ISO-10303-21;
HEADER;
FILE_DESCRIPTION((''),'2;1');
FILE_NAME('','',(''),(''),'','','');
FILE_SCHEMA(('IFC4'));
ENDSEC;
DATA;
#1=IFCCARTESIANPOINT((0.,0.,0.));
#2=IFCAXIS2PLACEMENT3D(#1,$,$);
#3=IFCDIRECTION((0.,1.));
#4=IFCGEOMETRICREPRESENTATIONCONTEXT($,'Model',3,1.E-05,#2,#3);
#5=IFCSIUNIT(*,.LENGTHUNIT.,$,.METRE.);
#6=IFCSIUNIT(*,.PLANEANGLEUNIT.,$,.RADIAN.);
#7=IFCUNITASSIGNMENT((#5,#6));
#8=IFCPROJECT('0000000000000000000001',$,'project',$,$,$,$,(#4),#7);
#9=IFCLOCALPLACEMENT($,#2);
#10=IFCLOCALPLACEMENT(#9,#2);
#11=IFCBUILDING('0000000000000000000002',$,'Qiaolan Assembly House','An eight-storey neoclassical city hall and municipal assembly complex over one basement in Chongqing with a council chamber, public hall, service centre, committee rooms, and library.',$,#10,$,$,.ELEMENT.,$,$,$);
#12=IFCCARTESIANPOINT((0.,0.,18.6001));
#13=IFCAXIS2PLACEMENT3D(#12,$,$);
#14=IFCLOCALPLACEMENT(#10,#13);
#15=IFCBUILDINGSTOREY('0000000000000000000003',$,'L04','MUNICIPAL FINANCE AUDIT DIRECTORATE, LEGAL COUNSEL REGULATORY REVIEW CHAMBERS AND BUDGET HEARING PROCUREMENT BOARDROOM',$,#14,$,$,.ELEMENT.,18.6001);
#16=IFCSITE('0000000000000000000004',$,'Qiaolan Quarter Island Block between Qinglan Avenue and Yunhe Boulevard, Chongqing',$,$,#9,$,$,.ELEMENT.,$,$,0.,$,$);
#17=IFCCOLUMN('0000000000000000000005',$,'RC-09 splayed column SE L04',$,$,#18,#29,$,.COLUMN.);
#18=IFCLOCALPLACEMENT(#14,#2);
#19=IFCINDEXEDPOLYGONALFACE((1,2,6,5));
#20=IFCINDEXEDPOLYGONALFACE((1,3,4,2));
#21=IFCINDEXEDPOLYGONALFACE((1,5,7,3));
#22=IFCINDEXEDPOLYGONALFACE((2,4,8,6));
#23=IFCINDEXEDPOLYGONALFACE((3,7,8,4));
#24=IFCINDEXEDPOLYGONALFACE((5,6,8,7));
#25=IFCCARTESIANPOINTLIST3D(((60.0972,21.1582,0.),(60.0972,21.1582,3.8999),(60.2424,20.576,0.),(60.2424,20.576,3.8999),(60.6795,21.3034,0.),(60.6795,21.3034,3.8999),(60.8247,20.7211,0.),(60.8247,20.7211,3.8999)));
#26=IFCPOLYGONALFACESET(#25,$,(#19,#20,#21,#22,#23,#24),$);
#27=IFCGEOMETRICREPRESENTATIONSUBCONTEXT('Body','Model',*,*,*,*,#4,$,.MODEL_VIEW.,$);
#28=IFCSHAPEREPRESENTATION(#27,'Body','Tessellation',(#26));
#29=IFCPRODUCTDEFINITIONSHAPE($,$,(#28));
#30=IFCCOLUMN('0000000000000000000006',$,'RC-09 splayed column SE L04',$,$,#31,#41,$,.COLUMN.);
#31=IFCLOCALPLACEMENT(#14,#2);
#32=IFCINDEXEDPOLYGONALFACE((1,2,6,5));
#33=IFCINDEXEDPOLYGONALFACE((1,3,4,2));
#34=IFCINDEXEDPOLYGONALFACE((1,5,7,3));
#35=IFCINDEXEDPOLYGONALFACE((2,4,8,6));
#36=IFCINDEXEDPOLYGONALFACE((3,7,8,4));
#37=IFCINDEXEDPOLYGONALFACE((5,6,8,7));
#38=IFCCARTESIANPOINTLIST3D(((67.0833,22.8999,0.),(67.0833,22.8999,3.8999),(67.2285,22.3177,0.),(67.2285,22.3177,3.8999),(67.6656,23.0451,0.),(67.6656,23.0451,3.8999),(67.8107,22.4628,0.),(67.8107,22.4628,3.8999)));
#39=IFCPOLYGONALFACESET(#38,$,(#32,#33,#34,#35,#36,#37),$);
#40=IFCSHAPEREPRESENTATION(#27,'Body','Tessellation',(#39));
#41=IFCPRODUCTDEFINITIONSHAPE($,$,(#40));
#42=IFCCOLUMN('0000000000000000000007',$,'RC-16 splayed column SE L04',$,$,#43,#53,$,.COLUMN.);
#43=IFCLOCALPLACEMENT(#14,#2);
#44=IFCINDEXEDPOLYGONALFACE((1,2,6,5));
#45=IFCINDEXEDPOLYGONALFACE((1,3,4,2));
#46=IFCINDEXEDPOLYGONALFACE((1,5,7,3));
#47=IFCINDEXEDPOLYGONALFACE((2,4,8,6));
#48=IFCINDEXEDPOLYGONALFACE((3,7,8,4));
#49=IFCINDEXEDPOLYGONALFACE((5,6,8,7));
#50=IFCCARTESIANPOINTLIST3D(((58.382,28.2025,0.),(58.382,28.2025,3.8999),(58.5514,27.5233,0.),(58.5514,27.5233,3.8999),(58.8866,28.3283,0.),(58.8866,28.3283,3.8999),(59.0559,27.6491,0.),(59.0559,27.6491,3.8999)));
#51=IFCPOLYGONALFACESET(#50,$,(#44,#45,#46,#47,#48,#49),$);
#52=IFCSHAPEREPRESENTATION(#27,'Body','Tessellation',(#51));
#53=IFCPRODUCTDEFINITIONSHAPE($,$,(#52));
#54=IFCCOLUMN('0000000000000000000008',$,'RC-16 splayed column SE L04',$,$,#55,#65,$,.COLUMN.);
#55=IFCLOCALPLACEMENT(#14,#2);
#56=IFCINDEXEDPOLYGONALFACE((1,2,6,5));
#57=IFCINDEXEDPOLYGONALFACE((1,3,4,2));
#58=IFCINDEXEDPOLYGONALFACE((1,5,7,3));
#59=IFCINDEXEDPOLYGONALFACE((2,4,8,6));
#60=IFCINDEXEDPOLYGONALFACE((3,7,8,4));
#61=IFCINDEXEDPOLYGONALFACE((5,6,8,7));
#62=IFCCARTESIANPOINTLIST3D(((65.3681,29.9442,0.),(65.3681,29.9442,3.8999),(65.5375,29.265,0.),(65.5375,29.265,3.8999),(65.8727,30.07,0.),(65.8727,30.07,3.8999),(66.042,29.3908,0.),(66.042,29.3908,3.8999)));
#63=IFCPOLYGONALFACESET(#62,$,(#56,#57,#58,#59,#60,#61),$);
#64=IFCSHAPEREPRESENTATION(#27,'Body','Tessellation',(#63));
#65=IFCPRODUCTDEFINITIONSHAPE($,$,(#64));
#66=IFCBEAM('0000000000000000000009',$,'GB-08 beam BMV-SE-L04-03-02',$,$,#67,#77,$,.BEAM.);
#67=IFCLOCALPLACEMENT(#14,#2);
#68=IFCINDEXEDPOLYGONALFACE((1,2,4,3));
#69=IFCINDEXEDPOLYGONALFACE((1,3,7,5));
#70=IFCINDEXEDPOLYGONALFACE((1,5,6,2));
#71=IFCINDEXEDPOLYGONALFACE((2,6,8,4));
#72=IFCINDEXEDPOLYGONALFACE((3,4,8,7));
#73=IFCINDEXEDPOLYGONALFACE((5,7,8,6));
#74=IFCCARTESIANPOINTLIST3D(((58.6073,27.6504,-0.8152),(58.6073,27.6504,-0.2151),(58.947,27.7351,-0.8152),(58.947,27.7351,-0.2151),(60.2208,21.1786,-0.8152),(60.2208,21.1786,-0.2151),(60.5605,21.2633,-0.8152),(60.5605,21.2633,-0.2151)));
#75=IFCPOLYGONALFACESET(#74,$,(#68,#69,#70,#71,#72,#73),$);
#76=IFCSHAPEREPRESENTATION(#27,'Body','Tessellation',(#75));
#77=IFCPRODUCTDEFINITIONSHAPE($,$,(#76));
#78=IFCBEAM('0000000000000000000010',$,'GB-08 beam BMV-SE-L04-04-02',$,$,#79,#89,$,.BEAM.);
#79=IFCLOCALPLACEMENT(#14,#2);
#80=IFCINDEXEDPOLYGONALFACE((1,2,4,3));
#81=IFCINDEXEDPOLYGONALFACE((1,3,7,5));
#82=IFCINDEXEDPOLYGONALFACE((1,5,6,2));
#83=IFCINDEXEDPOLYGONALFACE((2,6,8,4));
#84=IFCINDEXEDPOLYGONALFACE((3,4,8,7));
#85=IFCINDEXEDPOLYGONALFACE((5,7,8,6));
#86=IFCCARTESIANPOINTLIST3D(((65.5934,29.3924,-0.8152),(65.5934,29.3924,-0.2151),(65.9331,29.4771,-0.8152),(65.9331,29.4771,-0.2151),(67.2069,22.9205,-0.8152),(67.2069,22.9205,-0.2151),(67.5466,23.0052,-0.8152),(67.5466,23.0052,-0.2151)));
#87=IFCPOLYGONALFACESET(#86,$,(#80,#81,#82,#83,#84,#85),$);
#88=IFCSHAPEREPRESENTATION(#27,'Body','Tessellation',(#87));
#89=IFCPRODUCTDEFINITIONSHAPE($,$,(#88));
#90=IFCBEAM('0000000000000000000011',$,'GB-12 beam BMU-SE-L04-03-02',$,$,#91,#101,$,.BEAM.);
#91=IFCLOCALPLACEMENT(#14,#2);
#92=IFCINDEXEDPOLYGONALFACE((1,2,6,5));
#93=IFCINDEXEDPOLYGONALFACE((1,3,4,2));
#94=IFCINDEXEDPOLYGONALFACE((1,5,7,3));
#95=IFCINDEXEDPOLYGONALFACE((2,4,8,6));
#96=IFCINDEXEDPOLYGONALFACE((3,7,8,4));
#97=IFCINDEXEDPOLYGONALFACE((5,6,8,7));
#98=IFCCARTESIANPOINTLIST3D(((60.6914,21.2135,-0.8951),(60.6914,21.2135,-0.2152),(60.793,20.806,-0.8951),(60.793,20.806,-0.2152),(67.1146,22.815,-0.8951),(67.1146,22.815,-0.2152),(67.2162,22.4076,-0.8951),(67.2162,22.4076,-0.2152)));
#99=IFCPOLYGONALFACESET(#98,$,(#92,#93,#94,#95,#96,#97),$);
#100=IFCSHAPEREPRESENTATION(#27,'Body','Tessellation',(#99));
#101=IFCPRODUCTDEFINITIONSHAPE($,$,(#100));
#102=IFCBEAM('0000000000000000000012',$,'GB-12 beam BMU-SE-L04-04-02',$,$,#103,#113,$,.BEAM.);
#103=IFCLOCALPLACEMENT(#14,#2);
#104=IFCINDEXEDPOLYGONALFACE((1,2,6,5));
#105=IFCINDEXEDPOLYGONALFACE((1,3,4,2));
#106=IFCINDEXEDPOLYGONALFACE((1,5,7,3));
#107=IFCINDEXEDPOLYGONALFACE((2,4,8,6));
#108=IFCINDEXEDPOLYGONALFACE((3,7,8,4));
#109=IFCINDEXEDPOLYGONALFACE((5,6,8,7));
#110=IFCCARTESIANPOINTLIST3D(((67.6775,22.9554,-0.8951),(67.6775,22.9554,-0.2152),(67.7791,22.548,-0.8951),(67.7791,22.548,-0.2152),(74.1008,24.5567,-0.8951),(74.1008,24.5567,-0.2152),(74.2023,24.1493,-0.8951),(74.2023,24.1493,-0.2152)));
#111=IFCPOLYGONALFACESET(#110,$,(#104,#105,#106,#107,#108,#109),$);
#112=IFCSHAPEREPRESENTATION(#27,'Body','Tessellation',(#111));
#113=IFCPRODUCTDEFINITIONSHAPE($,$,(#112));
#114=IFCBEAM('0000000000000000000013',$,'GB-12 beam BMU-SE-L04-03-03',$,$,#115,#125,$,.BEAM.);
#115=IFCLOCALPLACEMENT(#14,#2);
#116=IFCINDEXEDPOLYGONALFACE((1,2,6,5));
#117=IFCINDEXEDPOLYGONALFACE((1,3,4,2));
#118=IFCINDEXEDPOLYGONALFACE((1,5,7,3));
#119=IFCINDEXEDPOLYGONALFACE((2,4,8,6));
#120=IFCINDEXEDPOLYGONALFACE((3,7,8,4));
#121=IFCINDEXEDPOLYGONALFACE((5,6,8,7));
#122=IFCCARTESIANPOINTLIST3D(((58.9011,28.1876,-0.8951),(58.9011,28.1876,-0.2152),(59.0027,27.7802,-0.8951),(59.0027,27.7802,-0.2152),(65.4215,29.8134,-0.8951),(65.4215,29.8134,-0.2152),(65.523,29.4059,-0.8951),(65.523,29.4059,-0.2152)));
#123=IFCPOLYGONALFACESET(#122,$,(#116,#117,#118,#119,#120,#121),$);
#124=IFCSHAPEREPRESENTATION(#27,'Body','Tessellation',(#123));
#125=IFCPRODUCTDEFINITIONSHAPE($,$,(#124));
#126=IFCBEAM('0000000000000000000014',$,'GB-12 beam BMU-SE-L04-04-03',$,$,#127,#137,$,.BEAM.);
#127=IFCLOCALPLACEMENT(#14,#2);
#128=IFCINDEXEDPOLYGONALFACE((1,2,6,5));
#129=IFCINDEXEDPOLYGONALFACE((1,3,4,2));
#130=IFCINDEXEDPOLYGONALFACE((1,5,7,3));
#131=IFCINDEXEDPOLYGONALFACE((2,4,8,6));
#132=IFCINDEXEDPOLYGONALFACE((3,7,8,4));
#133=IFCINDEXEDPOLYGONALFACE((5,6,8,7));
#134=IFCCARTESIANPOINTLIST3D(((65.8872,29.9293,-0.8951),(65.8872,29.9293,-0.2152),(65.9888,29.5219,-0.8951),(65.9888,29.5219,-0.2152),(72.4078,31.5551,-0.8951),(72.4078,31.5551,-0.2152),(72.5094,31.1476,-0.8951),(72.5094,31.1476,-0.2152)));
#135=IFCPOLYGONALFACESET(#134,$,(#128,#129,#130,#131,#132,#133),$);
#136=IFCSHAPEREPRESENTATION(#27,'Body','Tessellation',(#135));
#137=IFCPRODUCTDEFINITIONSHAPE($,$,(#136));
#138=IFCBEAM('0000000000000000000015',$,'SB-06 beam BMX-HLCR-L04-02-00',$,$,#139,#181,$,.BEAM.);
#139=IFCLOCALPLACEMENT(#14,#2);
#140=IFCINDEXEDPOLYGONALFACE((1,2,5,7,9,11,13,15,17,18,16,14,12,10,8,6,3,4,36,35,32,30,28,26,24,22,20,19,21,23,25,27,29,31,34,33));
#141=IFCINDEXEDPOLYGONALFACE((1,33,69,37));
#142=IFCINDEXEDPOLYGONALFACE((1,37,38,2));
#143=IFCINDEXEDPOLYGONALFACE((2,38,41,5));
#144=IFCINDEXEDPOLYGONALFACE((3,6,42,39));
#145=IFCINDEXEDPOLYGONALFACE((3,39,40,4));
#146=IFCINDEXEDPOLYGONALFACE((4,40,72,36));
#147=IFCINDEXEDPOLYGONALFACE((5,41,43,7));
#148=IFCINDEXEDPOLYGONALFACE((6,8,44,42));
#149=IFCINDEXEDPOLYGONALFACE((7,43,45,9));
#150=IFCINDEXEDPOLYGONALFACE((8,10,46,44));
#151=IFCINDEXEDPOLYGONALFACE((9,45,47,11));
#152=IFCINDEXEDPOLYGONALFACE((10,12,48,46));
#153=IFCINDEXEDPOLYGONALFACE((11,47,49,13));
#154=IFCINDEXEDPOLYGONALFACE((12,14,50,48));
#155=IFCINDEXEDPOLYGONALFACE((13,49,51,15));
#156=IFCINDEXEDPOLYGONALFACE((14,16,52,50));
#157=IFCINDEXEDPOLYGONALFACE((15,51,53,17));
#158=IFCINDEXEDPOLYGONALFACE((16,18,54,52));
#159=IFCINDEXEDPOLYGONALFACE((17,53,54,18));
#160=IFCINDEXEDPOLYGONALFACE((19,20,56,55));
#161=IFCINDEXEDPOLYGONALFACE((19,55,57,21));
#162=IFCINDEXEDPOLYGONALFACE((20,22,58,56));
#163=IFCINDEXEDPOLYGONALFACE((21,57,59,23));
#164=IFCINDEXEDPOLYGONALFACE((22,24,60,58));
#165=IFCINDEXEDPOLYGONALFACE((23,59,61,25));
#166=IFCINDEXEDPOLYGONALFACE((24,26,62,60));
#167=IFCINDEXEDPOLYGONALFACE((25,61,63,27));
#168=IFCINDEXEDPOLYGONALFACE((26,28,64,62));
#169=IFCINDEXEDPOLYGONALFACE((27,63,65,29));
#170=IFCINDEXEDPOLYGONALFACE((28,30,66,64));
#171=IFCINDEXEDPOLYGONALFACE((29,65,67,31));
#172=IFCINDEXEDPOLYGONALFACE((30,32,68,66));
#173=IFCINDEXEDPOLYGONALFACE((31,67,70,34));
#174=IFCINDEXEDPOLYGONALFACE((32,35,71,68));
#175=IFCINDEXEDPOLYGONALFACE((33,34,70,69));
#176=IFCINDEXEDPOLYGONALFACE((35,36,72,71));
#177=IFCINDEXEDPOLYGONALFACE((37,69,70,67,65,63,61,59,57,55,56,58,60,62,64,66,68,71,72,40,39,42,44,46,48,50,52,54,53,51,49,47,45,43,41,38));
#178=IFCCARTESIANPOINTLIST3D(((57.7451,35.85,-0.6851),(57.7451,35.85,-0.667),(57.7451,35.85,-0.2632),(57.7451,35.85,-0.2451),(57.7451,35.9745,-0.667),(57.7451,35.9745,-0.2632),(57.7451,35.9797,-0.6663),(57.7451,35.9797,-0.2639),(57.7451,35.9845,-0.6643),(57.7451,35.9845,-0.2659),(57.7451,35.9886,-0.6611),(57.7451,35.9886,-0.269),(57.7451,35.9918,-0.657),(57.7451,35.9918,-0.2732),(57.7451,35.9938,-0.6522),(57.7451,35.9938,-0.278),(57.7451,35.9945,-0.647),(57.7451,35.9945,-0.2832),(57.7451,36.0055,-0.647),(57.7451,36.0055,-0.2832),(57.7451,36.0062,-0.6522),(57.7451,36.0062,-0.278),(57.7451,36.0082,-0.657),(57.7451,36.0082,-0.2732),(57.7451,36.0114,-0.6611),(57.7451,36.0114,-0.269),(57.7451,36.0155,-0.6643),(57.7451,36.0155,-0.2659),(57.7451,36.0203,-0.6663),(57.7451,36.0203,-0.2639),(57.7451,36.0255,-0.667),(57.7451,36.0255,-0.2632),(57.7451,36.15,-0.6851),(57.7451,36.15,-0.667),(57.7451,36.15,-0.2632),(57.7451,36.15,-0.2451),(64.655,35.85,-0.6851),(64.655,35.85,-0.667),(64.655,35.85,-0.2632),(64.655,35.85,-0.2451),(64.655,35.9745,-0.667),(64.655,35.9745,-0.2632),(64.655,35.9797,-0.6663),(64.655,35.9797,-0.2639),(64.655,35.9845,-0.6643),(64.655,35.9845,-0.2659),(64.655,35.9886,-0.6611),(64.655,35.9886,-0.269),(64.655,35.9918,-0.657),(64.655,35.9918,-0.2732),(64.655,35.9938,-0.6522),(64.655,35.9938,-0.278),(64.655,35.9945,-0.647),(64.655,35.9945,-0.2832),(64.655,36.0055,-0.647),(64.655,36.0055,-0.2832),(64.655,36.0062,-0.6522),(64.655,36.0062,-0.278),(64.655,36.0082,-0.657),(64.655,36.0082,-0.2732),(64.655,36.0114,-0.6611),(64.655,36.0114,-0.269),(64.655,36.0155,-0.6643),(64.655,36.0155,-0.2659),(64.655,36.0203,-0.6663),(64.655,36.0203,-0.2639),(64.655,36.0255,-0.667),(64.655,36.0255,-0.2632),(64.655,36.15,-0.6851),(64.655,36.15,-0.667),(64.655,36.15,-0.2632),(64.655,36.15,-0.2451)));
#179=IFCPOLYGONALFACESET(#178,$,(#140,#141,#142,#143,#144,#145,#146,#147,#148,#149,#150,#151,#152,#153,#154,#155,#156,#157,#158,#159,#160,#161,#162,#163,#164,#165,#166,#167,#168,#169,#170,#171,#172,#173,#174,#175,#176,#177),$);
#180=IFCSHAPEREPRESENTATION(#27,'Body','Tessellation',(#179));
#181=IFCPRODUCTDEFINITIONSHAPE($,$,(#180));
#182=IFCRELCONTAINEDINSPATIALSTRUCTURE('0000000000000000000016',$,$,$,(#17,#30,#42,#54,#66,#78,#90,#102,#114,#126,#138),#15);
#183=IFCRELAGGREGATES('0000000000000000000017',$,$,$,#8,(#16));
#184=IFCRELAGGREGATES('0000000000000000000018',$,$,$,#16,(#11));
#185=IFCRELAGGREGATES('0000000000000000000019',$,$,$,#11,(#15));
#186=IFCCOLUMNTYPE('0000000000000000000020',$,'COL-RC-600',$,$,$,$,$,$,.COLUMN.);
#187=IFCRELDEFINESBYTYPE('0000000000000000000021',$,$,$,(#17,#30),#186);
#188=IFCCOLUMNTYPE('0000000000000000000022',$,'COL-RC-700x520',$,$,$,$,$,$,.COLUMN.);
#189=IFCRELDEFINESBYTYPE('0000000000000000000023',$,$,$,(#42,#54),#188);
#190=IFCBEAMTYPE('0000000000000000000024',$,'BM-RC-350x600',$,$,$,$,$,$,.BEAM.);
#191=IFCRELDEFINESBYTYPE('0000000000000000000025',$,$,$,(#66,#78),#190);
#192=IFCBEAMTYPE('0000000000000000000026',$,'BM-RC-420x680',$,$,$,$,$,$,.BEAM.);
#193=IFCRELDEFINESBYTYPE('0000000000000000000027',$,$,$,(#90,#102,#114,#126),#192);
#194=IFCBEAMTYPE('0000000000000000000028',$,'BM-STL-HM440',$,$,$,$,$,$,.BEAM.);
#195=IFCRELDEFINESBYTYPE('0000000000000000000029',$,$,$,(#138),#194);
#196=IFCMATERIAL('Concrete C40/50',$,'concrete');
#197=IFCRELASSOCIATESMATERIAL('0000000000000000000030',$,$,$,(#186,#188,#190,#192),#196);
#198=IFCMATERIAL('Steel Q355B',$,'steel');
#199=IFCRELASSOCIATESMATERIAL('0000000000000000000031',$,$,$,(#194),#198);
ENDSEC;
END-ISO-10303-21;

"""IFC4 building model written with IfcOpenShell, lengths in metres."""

from ifc_helpers import new_model, si_unit, direction, frame, origin, origin_2d, place, context, subcontext, project, spatial, rectangle, i_section, extrude, material, material_profile, profile_set, type_object, element, save


model = new_model("IFC4")

# Units and contexts
model_context = context("Model", 3, precision=1e-05, world=origin(), true_north=direction((0.0, 1.0)))
body_context = subcontext(model_context, "Body", "Model", "MODEL_VIEW")
ifc_project = project(units=[si_unit("LENGTHUNIT", "METRE"), si_unit("PLANEANGLEUNIT", "RADIAN")], contexts=[model_context])

# Site, building, storey
site_placement = place(None, origin())
site = spatial("IfcSite", under=ifc_project, at=site_placement, Name="Qiaolan Quarter Island Block between Qinglan Avenue and Yunhe Boulevard, Chongqing", CompositionType="ELEMENT", RefElevation=0.0)
building_placement = place(site_placement, origin())
building = spatial("IfcBuilding", under=site, at=building_placement, Name="Qiaolan Assembly House", Description="An eight-storey neoclassical city hall and municipal assembly complex over one basement in Chongqing with a council chamber, public hall, service centre, committee rooms, and library.", CompositionType="ELEMENT")
storey_placement = place(building_placement, frame((0.0, 0.0, 18.6001)))
storey = spatial("IfcBuildingStorey", under=building, at=storey_placement, Name="L04", Description="MUNICIPAL FINANCE AUDIT DIRECTORATE, LEGAL COUNSEL REGULATORY REVIEW CHAMBERS AND BUDGET HEARING PROCUREMENT BOARDROOM", CompositionType="ELEMENT", Elevation=18.6001)

# Columns
ifc_material_1 = material(Name="Concrete C40/50", Category="concrete")
ifc_material_profile_1 = material_profile(ifc_material_1, rectangle(XDim=0.6001, YDim=0.6001, at=origin_2d()), Name="RC 600x600")
ifc_profile_set_1 = profile_set([ifc_material_profile_1], Name="Concrete C40/50")
column_type_1 = type_object("IfcColumnType", Name="COL-RC-600", PredefinedType="COLUMN", material=ifc_profile_set_1)
for number, where, z_axis, x_axis, name in (
    (1, (60.4609, 20.9397, 0.0), (0.0, 0.0, 1.0), (0.970296, 0.241922, 0.0), "RC-09 splayed column SE L04"),
    (2, (67.447, 22.6814, 0.0), (0.0, 0.0, 1.0), (0.970296, 0.241922, 0.0), "RC-09 splayed column SE L04"),
):
    element("IfcColumn", number, at=place(storey_placement, frame(where, z_axis=z_axis, x_axis=x_axis)), inside=storey, type_object=column_type_1, Name=name, PredefinedType="COLUMN", context=body_context, shape_type="SweptSolid", body=[
        extrude(rectangle(XDim=0.6001, YDim=0.6001, at=origin_2d()), origin(), (0.0, 0.0, 1.0), 3.8999),
    ])
ifc_material_profile_2 = material_profile(ifc_material_1, rectangle(XDim=0.52, YDim=0.7, at=origin_2d()), Name="RC 700x520")
ifc_profile_set_2 = profile_set([ifc_material_profile_2], Name="Concrete C40/50")
column_type_2 = type_object("IfcColumnType", Name="COL-RC-700x520", PredefinedType="COLUMN", material=ifc_profile_set_2)
for number, where, z_axis, x_axis, name in (
    (3, (58.719, 27.9258, 0.0), (0.0, 0.0, 1.0), (0.970296, 0.241922, 0.0), "RC-16 splayed column SE L04"),
    (4, (65.7051, 29.6675, 0.0), (0.0, 0.0, 1.0), (0.970296, 0.241922, 0.0), "RC-16 splayed column SE L04"),
):
    element("IfcColumn", number, at=place(storey_placement, frame(where, z_axis=z_axis, x_axis=x_axis)), inside=storey, type_object=column_type_2, Name=name, PredefinedType="COLUMN", context=body_context, shape_type="SweptSolid", body=[
        extrude(rectangle(XDim=0.52, YDim=0.7, at=origin_2d()), origin(), (0.0, 0.0, 1.0), 3.8999),
    ])

# Beams
ifc_material_profile_3 = material_profile(ifc_material_1, rectangle(XDim=0.3501, YDim=0.6001, at=origin_2d()), Name="RCB 350x600")
ifc_profile_set_3 = profile_set([ifc_material_profile_3], Name="Concrete C40/50")
beam_type_1 = type_object("IfcBeamType", Name="BM-RC-350x600", PredefinedType="BEAM", material=ifc_profile_set_3)
for number, where, z_axis, x_axis, name in (
    (5, (60.3906, 21.2209, -0.5151), (-0.241907, 0.970299, 0.0), (-0.970299, -0.241907, 0.0), "GB-08 beam BMV-SE-L04-03-02"),
    (6, (67.3767, 22.9629, -0.5151), (-0.241907, 0.970299, 0.0), (-0.970299, -0.241907, 0.0), "GB-08 beam BMV-SE-L04-04-02"),
):
    element("IfcBeam", number, at=place(storey_placement, frame(where, z_axis=z_axis, x_axis=x_axis)), inside=storey, type_object=beam_type_1, Name=name, PredefinedType="BEAM", context=body_context, shape_type="SweptSolid", body=[
        extrude(rectangle(XDim=0.3501, YDim=0.6001, at=origin_2d()), origin(), (0.0, 0.0, 1.0), 6.6699),
    ])
ifc_material_profile_4 = material_profile(ifc_material_1, rectangle(XDim=0.4199, YDim=0.6799, at=origin_2d()), Name="RCB 420x680")
ifc_profile_set_4 = profile_set([ifc_material_profile_4], Name="Concrete C40/50")
beam_type_2 = type_object("IfcBeamType", Name="BM-RC-420x680", PredefinedType="BEAM", material=ifc_profile_set_4)
for number, where, z_axis, x_axis, name in (
    (7, (60.7422, 21.0098, -0.5552), (0.970294, 0.241928, 0.0), (-0.241928, 0.970294, 0.0), "GB-12 beam BMU-SE-L04-03-02"),
    (8, (67.7283, 22.7517, -0.5552), (0.970303, 0.241893, 0.0), (-0.241893, 0.970303, 0.0), "GB-12 beam BMU-SE-L04-04-02"),
):
    element("IfcBeam", number, at=place(storey_placement, frame(where, z_axis=z_axis, x_axis=x_axis)), inside=storey, type_object=beam_type_2, Name=name, PredefinedType="BEAM", context=body_context, shape_type="SweptSolid", body=[
        extrude(rectangle(XDim=0.4199, YDim=0.6799, at=origin_2d()), origin(), (0.0, 0.0, 1.0), 6.6199),
    ])
beam_1_placement = place(storey_placement, frame((58.9519, 27.9839, -0.5552), z_axis=(0.970294, 0.241929, 0.0), x_axis=(-0.241929, 0.970294, 0.0)))
element("IfcBeam", 9, at=beam_1_placement, inside=storey, type_object=beam_type_2, Name="GB-12 beam BMU-SE-L04-03-03", PredefinedType="BEAM", context=body_context, shape_type="SweptSolid", body=[
    extrude(rectangle(XDim=0.4199, YDim=0.6799, at=origin_2d()), origin(), (0.0, 0.0, 1.0), 6.72),
])
beam_2_placement = place(storey_placement, frame((65.938, 29.7256, -0.5552), z_axis=(0.970296, 0.24192, 0.0), x_axis=(-0.24192, 0.970296, 0.0)))
element("IfcBeam", 10, at=beam_2_placement, inside=storey, type_object=beam_type_2, Name="GB-12 beam BMU-SE-L04-04-03", PredefinedType="BEAM", context=body_context, shape_type="SweptSolid", body=[
    extrude(rectangle(XDim=0.4199, YDim=0.6799, at=origin_2d()), origin(), (0.0, 0.0, 1.0), 6.7202),
])
ifc_material_2 = material(Name="Steel Q355B", Category="steel")
ifc_material_profile_5 = material_profile(ifc_material_2, i_section(OverallWidth=0.3, OverallDepth=0.4399, WebThickness=0.011, FlangeThickness=0.0181, FilletRadius=0.02, at=origin_2d()), Name="HM 440x300x11x18")
ifc_profile_set_5 = profile_set([ifc_material_profile_5], Name="Steel Q355B")
beam_type_3 = type_object("IfcBeamType", Name="BM-STL-HM440", PredefinedType="BEAM", material=ifc_profile_set_5)
for number, where, z_axis, x_axis, name in (
    (11, (57.7451, 36.0, -0.4651), (1.0, 0.0, 0.0), (0.0, 1.0, 0.0), "SB-06 beam BMX-HLCR-L04-02-00"),
):
    element("IfcBeam", number, at=place(storey_placement, frame(where, z_axis=z_axis, x_axis=x_axis)), inside=storey, type_object=beam_type_3, Name=name, PredefinedType="BEAM", context=body_context, shape_type="SweptSolid", body=[
        extrude(i_section(OverallWidth=0.3, OverallDepth=0.4399, WebThickness=0.011, FlangeThickness=0.0181, FilletRadius=0.02, at=origin_2d()), origin(), (0.0, 0.0, 1.0), 6.9099),
    ])

save(model, "model.ifc")
